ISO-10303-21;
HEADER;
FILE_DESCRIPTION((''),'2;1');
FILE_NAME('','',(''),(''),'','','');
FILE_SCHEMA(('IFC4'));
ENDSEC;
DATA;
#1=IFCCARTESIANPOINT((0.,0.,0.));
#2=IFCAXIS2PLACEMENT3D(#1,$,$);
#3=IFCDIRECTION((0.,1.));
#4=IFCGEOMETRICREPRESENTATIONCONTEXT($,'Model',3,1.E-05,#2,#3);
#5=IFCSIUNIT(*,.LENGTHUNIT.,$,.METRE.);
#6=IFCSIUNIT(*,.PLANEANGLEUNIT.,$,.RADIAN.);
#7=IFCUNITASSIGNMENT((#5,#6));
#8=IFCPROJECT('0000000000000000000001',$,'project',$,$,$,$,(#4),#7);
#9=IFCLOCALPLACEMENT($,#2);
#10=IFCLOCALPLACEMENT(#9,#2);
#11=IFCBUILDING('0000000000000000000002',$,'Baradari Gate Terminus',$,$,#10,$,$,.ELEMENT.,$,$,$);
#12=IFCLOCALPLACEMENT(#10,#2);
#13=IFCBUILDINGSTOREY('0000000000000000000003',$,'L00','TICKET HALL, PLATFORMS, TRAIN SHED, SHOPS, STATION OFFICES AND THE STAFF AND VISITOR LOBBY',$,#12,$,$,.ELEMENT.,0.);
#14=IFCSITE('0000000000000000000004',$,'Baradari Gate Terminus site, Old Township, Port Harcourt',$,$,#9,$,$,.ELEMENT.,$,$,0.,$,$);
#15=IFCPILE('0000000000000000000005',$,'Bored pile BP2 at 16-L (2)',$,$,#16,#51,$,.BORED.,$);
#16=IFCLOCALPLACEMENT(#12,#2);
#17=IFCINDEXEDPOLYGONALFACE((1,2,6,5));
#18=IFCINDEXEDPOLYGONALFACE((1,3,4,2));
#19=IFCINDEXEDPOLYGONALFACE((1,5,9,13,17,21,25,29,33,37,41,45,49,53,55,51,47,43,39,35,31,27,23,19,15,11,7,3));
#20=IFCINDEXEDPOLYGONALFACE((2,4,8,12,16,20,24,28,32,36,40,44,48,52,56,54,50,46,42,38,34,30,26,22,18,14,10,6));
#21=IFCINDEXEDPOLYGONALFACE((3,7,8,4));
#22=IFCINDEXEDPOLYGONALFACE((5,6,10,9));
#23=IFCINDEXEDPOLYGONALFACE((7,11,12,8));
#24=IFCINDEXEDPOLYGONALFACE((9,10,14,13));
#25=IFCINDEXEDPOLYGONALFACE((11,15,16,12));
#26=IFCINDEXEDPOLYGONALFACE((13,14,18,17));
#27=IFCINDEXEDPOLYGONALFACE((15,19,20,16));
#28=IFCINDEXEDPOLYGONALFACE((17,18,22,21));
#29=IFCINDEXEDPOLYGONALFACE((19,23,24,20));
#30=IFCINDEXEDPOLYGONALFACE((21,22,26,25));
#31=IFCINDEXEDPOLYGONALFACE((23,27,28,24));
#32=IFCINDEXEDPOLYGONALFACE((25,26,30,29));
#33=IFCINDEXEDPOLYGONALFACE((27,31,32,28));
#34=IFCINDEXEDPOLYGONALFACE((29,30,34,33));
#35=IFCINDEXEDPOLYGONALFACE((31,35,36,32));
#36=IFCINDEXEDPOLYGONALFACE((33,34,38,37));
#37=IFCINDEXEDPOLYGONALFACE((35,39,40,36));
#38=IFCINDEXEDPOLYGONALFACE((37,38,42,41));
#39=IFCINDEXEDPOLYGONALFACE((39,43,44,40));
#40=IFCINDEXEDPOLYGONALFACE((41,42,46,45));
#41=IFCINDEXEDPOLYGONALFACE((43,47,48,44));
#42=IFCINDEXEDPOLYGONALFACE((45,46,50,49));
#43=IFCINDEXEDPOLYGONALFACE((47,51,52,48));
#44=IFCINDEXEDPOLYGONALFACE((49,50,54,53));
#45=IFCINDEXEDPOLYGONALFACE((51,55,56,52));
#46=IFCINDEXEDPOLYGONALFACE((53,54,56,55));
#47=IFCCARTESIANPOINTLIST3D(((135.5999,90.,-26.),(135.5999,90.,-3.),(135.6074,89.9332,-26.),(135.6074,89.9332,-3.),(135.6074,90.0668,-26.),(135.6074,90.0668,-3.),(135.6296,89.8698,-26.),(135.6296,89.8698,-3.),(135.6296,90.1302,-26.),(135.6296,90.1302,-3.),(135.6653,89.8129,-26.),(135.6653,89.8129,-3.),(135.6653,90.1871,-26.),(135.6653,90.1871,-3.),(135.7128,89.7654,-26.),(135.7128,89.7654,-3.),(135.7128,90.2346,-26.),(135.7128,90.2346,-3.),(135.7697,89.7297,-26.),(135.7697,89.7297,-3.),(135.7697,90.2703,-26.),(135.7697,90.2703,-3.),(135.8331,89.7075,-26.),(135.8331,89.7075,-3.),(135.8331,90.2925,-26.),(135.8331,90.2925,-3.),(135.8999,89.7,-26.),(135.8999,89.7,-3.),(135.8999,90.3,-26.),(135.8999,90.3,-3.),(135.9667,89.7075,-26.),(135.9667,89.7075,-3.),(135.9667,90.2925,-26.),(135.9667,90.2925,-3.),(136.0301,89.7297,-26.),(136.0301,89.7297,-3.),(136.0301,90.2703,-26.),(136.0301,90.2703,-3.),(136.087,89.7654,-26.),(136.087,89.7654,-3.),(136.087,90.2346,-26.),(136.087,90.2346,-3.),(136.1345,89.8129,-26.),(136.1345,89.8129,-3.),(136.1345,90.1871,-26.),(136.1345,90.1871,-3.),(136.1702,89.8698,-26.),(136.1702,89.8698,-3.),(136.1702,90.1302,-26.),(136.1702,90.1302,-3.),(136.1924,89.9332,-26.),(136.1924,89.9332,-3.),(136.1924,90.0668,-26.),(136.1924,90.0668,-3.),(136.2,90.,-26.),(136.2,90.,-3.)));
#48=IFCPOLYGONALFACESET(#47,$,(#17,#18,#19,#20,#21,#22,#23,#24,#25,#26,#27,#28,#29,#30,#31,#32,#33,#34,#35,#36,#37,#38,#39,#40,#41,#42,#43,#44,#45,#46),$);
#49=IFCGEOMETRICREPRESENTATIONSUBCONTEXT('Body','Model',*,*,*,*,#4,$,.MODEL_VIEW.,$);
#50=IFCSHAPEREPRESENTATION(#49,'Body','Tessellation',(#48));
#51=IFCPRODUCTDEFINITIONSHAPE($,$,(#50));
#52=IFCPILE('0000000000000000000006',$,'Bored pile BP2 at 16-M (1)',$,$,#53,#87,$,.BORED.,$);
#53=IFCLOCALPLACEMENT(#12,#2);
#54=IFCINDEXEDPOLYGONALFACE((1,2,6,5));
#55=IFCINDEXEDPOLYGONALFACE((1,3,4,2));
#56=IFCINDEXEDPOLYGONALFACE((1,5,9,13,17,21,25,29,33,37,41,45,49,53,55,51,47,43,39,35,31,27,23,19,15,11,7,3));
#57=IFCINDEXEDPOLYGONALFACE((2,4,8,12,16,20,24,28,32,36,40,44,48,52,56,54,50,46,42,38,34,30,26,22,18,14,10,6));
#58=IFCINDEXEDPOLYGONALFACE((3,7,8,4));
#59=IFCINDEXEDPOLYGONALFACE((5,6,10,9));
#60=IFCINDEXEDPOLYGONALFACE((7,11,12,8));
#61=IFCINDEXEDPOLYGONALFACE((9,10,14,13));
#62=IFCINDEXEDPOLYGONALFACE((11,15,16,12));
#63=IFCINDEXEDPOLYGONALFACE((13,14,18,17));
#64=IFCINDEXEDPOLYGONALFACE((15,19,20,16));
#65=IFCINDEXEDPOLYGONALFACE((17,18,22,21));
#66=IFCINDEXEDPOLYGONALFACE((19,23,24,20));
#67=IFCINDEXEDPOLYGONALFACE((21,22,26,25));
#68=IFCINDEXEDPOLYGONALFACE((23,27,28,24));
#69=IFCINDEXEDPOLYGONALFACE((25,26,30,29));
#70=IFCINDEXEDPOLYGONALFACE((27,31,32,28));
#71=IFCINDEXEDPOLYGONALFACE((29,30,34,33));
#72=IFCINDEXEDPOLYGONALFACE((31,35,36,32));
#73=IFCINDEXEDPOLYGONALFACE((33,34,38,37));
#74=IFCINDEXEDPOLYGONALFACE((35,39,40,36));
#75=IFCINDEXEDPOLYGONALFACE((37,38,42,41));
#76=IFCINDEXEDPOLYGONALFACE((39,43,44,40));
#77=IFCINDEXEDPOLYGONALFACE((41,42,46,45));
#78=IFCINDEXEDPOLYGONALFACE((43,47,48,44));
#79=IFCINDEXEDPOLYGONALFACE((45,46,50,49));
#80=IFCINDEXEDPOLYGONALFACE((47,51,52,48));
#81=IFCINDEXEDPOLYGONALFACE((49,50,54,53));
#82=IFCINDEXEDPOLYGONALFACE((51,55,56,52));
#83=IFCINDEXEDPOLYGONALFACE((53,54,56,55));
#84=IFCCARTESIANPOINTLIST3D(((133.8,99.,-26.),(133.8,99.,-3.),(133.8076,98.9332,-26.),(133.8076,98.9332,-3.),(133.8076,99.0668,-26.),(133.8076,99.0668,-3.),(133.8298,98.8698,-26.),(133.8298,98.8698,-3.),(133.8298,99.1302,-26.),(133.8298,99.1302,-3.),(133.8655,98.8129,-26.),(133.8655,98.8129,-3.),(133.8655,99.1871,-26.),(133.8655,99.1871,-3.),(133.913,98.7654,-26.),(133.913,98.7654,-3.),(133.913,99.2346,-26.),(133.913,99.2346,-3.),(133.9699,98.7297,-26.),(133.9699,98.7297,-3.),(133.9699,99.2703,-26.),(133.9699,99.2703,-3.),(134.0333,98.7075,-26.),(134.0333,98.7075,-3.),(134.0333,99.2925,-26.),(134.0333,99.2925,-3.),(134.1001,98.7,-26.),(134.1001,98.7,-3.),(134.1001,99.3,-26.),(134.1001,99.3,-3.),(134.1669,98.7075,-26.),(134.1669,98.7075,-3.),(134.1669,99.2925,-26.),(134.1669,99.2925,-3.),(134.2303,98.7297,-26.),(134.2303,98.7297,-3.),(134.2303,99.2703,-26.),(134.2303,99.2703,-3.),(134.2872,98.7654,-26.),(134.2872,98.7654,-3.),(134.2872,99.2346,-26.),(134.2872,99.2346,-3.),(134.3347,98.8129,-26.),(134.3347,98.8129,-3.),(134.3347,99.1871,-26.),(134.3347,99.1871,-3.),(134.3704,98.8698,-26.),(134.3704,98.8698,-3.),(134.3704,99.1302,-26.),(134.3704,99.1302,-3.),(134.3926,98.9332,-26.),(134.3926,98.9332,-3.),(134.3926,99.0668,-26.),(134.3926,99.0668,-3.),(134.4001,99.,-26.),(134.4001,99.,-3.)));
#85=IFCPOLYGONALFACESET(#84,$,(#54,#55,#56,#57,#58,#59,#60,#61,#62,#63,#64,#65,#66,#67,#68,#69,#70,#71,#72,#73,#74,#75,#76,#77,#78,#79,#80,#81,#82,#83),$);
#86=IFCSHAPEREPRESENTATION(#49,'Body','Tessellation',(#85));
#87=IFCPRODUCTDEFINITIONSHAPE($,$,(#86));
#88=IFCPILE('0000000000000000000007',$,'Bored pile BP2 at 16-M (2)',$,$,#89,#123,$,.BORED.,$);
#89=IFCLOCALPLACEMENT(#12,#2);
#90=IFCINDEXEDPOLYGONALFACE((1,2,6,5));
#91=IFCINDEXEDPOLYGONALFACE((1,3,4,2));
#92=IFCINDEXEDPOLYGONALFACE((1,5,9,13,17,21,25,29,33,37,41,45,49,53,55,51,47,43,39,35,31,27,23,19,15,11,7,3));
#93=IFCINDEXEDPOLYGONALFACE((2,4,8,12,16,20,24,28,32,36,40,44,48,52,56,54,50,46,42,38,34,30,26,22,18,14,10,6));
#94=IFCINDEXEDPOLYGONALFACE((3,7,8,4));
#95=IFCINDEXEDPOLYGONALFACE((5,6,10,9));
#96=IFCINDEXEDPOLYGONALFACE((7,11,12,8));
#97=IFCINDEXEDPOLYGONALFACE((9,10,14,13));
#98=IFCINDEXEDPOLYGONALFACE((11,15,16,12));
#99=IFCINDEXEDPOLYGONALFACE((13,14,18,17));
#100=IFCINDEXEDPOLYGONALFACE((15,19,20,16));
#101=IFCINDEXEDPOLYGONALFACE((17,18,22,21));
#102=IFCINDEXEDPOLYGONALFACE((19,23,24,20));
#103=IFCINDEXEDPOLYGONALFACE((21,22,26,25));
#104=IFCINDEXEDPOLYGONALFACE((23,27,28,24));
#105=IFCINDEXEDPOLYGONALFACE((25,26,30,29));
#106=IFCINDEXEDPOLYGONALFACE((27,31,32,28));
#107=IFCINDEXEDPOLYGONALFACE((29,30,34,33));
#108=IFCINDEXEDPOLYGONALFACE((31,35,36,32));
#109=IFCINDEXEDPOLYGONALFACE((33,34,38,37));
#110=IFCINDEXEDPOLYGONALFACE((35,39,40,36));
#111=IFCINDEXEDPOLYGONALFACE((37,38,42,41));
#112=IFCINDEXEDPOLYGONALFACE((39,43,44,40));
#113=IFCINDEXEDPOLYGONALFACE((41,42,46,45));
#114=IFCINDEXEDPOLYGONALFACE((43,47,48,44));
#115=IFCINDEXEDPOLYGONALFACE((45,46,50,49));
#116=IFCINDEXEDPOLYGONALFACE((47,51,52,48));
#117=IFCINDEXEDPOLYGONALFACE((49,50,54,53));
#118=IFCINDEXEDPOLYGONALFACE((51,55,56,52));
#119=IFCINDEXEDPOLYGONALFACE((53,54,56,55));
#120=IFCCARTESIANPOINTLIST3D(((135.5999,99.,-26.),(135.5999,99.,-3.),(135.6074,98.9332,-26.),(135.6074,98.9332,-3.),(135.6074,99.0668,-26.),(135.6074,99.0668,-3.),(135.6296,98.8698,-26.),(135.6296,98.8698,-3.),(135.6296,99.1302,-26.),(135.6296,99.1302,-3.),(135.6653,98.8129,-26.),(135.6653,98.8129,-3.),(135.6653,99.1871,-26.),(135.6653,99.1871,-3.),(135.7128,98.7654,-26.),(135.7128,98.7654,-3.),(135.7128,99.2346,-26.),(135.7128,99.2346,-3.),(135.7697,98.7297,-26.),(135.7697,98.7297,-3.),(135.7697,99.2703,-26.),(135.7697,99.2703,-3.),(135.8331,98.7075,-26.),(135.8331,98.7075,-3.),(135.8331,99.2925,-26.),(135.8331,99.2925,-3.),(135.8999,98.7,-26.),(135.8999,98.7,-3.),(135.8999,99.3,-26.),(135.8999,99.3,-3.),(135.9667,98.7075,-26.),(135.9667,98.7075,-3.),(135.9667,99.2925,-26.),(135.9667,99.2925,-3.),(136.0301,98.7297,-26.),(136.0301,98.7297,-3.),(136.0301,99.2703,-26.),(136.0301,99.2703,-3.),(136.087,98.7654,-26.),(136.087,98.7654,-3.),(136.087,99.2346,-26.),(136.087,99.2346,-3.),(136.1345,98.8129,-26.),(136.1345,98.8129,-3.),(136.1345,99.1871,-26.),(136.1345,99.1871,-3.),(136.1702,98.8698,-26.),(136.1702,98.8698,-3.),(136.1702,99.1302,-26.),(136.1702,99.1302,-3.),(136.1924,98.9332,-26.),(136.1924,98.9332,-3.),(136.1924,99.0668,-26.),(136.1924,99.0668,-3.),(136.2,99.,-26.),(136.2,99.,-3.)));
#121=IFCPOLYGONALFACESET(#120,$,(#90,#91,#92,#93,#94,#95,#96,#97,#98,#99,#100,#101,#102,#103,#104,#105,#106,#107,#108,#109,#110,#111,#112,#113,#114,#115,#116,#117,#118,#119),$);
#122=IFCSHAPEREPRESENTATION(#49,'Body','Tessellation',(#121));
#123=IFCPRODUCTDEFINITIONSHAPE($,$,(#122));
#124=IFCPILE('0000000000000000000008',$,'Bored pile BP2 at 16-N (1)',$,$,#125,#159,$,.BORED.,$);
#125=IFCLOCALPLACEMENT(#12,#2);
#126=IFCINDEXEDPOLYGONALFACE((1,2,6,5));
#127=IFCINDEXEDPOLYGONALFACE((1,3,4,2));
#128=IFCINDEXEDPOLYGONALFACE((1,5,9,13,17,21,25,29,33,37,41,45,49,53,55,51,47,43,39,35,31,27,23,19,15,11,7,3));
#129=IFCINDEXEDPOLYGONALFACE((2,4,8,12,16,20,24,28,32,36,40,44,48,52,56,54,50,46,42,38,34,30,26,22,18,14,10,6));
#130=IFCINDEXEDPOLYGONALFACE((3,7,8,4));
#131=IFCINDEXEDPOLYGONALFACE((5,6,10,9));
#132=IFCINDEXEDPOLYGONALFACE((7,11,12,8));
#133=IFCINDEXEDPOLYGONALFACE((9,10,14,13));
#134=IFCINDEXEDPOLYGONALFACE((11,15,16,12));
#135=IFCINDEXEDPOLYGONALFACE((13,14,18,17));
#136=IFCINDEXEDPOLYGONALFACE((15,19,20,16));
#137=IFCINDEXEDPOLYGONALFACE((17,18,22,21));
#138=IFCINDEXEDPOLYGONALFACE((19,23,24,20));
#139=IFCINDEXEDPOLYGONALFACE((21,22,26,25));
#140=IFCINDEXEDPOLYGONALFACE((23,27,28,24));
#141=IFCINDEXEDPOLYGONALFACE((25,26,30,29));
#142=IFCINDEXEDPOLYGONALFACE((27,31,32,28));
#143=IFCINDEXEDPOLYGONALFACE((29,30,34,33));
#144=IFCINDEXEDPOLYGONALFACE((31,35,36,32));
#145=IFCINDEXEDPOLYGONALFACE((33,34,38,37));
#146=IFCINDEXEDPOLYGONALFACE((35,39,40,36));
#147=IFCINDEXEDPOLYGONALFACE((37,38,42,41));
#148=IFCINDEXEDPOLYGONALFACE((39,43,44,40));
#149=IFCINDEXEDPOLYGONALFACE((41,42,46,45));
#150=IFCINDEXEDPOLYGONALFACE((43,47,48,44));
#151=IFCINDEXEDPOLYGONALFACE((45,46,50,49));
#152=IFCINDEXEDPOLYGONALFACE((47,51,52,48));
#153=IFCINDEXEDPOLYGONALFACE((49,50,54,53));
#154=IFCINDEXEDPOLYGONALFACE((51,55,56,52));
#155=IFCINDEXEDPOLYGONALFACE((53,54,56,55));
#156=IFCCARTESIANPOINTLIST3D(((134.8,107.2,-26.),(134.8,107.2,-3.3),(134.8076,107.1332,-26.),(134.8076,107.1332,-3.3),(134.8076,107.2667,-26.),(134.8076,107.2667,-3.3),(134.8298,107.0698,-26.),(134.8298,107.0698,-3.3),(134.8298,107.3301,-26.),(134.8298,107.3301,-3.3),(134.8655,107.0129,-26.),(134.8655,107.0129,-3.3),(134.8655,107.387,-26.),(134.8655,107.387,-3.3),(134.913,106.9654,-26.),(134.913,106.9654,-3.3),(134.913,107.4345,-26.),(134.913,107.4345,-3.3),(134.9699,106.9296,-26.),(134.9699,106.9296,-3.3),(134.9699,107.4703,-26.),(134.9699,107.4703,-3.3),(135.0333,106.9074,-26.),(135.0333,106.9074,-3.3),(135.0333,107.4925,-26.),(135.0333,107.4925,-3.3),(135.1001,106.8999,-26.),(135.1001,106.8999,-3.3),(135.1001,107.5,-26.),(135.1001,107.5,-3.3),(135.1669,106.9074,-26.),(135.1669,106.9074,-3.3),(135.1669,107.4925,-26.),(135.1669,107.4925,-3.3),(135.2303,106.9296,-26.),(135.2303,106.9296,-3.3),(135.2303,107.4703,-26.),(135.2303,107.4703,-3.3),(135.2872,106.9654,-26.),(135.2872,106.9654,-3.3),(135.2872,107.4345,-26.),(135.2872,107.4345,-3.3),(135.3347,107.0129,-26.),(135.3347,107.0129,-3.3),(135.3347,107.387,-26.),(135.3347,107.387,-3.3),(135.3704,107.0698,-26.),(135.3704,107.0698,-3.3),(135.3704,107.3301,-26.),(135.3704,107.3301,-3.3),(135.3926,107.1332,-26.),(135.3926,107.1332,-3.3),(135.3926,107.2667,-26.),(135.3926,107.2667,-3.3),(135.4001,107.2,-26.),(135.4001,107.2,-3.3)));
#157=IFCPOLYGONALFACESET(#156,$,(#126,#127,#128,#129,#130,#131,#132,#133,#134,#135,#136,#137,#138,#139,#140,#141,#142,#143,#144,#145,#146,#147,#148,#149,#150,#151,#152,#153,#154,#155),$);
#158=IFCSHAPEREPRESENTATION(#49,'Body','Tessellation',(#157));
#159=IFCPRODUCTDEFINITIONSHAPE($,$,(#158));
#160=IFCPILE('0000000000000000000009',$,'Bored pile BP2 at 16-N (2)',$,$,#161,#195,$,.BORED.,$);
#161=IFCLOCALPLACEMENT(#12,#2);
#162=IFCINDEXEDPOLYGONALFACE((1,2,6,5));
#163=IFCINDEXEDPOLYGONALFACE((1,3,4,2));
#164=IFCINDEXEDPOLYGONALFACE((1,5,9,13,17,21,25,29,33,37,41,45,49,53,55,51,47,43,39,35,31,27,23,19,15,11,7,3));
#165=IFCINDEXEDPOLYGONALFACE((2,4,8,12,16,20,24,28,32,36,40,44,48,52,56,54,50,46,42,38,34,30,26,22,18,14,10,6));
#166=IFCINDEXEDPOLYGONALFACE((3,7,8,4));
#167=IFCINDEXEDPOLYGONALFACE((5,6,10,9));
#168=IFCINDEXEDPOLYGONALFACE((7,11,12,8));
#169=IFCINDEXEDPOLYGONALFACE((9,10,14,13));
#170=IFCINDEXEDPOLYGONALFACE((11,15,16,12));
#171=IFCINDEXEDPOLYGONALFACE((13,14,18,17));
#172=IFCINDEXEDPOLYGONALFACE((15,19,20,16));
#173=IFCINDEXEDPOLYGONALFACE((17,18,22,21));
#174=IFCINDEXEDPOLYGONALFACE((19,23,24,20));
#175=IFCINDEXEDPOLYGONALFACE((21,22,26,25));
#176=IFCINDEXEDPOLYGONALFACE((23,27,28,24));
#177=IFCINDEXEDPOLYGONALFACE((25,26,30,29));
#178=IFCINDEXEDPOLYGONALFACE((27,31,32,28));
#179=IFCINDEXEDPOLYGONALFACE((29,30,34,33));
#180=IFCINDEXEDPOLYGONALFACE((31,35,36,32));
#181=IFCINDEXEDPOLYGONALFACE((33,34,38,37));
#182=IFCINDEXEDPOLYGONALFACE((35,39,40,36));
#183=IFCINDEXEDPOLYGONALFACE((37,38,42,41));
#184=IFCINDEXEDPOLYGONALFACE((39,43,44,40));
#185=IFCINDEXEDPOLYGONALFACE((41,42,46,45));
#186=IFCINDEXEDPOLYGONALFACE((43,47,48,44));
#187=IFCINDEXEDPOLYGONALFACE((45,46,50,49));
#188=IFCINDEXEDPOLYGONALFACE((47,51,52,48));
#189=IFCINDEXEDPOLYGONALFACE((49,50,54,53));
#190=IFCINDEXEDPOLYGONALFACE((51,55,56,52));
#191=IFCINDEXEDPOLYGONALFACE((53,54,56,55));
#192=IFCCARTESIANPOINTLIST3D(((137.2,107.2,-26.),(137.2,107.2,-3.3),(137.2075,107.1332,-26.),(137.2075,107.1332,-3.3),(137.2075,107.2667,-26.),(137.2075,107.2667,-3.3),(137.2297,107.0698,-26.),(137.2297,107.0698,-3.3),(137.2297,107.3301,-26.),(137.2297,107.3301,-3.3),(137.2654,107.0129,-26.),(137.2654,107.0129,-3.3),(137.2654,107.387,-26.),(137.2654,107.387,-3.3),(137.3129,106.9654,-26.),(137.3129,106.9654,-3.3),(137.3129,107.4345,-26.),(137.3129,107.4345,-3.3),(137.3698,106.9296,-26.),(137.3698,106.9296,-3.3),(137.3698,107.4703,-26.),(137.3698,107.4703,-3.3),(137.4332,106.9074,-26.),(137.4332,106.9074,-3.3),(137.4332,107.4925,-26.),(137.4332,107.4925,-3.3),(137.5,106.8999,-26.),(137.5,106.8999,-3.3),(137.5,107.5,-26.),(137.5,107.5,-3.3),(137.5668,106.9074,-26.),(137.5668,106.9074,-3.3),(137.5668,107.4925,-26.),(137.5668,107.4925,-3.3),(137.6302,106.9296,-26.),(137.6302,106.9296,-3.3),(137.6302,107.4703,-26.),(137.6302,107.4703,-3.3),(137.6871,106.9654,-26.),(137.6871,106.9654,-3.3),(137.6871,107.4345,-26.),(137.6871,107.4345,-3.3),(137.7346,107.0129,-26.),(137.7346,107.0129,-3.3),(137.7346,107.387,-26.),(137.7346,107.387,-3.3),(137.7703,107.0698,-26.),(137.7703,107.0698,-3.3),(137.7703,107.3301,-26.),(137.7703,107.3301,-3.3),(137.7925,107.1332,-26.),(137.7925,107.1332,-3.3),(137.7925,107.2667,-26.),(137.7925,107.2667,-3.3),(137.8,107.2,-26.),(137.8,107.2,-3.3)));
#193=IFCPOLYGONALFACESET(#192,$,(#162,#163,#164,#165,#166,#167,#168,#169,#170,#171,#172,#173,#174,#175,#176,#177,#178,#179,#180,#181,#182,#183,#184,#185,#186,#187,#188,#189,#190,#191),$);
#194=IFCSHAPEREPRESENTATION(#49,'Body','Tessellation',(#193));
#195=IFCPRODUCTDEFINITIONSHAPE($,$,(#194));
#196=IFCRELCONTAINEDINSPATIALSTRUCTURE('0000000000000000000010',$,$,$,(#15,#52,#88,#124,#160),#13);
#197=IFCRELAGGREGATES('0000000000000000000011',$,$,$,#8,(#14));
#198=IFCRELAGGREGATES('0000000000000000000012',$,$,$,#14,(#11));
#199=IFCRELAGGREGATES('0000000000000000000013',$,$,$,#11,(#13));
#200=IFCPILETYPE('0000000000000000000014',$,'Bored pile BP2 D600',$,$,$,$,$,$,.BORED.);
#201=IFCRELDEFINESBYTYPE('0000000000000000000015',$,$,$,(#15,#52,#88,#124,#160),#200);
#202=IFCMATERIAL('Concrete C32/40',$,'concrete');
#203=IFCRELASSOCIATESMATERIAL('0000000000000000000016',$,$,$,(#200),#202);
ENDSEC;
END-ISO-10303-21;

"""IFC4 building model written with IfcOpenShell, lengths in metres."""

from ifc_helpers import new_model, si_unit, direction, frame, origin, origin_2d, place, context, subcontext, project, spatial, circle, extrude, material, type_object, element, save


model = new_model("IFC4")

# Units and contexts
model_context = context("Model", 3, precision=1e-05, world=origin(), true_north=direction((0.0, 1.0)))
body_context = subcontext(model_context, "Body", "Model", "MODEL_VIEW")
ifc_project = project(units=[si_unit("LENGTHUNIT", "METRE"), si_unit("PLANEANGLEUNIT", "RADIAN")], contexts=[model_context])

# Site, building, storey
site_placement = place(None, origin())
site = spatial("IfcSite", under=ifc_project, at=site_placement, Name="Baradari Gate Terminus site, Old Township, Port Harcourt", CompositionType="ELEMENT", RefElevation=0.0)
building_placement = place(site_placement, origin())
building = spatial("IfcBuilding", under=site, at=building_placement, Name="Baradari Gate Terminus", CompositionType="ELEMENT")
storey_placement = place(building_placement, origin())
storey = spatial("IfcBuildingStorey", under=building, at=storey_placement, Name="L00", Description="TICKET HALL, PLATFORMS, TRAIN SHED, SHOPS, STATION OFFICES AND THE STAFF AND VISITOR LOBBY", CompositionType="ELEMENT", Elevation=0.0)

# Piles
ifc_material_1 = material(Name="Concrete C32/40", Category="concrete")
pile_type = type_object("IfcPileType", Name="Bored pile BP2 D600", PredefinedType="BORED", material=ifc_material_1)
for number, where, z_axis, x_axis, name in (
    (1, (135.8999, 90.0, -3.0), (0.0, 0.0, -1.0), (1.0, 0.0, 0.0), "Bored pile BP2 at 16-L (2)"),
    (2, (134.1001, 99.0, -3.0), (0.0, 0.0, -1.0), (1.0, 0.0, 0.0), "Bored pile BP2 at 16-M (1)"),
    (3, (135.8999, 99.0, -3.0), (0.0, 0.0, -1.0), (1.0, 0.0, 0.0), "Bored pile BP2 at 16-M (2)"),
):
    element("IfcPile", number, at=place(storey_placement, frame(where, z_axis=z_axis, x_axis=x_axis)), inside=storey, type_object=pile_type, Name=name, PredefinedType="BORED", context=body_context, shape_type="SweptSolid", body=[
        extrude(circle(Radius=0.3, at=origin_2d()), origin(), (0.0, 0.0, 1.0), 23.0),
    ])
for number, where, z_axis, x_axis, name in (
    (4, (135.1001, 107.2, -3.3), (0.0, 0.0, -1.0), (1.0, 0.0, 0.0), "Bored pile BP2 at 16-N (1)"),
    (5, (137.5, 107.2, -3.3), (0.0, 0.0, -1.0), (1.0, 0.0, 0.0), "Bored pile BP2 at 16-N (2)"),
):
    element("IfcPile", number, at=place(storey_placement, frame(where, z_axis=z_axis, x_axis=x_axis)), inside=storey, type_object=pile_type, Name=name, PredefinedType="BORED", context=body_context, shape_type="SweptSolid", body=[
        extrude(circle(Radius=0.3, at=origin_2d()), origin(), (0.0, 0.0, 1.0), 22.7),
    ])

save(model, "model.ifc")
